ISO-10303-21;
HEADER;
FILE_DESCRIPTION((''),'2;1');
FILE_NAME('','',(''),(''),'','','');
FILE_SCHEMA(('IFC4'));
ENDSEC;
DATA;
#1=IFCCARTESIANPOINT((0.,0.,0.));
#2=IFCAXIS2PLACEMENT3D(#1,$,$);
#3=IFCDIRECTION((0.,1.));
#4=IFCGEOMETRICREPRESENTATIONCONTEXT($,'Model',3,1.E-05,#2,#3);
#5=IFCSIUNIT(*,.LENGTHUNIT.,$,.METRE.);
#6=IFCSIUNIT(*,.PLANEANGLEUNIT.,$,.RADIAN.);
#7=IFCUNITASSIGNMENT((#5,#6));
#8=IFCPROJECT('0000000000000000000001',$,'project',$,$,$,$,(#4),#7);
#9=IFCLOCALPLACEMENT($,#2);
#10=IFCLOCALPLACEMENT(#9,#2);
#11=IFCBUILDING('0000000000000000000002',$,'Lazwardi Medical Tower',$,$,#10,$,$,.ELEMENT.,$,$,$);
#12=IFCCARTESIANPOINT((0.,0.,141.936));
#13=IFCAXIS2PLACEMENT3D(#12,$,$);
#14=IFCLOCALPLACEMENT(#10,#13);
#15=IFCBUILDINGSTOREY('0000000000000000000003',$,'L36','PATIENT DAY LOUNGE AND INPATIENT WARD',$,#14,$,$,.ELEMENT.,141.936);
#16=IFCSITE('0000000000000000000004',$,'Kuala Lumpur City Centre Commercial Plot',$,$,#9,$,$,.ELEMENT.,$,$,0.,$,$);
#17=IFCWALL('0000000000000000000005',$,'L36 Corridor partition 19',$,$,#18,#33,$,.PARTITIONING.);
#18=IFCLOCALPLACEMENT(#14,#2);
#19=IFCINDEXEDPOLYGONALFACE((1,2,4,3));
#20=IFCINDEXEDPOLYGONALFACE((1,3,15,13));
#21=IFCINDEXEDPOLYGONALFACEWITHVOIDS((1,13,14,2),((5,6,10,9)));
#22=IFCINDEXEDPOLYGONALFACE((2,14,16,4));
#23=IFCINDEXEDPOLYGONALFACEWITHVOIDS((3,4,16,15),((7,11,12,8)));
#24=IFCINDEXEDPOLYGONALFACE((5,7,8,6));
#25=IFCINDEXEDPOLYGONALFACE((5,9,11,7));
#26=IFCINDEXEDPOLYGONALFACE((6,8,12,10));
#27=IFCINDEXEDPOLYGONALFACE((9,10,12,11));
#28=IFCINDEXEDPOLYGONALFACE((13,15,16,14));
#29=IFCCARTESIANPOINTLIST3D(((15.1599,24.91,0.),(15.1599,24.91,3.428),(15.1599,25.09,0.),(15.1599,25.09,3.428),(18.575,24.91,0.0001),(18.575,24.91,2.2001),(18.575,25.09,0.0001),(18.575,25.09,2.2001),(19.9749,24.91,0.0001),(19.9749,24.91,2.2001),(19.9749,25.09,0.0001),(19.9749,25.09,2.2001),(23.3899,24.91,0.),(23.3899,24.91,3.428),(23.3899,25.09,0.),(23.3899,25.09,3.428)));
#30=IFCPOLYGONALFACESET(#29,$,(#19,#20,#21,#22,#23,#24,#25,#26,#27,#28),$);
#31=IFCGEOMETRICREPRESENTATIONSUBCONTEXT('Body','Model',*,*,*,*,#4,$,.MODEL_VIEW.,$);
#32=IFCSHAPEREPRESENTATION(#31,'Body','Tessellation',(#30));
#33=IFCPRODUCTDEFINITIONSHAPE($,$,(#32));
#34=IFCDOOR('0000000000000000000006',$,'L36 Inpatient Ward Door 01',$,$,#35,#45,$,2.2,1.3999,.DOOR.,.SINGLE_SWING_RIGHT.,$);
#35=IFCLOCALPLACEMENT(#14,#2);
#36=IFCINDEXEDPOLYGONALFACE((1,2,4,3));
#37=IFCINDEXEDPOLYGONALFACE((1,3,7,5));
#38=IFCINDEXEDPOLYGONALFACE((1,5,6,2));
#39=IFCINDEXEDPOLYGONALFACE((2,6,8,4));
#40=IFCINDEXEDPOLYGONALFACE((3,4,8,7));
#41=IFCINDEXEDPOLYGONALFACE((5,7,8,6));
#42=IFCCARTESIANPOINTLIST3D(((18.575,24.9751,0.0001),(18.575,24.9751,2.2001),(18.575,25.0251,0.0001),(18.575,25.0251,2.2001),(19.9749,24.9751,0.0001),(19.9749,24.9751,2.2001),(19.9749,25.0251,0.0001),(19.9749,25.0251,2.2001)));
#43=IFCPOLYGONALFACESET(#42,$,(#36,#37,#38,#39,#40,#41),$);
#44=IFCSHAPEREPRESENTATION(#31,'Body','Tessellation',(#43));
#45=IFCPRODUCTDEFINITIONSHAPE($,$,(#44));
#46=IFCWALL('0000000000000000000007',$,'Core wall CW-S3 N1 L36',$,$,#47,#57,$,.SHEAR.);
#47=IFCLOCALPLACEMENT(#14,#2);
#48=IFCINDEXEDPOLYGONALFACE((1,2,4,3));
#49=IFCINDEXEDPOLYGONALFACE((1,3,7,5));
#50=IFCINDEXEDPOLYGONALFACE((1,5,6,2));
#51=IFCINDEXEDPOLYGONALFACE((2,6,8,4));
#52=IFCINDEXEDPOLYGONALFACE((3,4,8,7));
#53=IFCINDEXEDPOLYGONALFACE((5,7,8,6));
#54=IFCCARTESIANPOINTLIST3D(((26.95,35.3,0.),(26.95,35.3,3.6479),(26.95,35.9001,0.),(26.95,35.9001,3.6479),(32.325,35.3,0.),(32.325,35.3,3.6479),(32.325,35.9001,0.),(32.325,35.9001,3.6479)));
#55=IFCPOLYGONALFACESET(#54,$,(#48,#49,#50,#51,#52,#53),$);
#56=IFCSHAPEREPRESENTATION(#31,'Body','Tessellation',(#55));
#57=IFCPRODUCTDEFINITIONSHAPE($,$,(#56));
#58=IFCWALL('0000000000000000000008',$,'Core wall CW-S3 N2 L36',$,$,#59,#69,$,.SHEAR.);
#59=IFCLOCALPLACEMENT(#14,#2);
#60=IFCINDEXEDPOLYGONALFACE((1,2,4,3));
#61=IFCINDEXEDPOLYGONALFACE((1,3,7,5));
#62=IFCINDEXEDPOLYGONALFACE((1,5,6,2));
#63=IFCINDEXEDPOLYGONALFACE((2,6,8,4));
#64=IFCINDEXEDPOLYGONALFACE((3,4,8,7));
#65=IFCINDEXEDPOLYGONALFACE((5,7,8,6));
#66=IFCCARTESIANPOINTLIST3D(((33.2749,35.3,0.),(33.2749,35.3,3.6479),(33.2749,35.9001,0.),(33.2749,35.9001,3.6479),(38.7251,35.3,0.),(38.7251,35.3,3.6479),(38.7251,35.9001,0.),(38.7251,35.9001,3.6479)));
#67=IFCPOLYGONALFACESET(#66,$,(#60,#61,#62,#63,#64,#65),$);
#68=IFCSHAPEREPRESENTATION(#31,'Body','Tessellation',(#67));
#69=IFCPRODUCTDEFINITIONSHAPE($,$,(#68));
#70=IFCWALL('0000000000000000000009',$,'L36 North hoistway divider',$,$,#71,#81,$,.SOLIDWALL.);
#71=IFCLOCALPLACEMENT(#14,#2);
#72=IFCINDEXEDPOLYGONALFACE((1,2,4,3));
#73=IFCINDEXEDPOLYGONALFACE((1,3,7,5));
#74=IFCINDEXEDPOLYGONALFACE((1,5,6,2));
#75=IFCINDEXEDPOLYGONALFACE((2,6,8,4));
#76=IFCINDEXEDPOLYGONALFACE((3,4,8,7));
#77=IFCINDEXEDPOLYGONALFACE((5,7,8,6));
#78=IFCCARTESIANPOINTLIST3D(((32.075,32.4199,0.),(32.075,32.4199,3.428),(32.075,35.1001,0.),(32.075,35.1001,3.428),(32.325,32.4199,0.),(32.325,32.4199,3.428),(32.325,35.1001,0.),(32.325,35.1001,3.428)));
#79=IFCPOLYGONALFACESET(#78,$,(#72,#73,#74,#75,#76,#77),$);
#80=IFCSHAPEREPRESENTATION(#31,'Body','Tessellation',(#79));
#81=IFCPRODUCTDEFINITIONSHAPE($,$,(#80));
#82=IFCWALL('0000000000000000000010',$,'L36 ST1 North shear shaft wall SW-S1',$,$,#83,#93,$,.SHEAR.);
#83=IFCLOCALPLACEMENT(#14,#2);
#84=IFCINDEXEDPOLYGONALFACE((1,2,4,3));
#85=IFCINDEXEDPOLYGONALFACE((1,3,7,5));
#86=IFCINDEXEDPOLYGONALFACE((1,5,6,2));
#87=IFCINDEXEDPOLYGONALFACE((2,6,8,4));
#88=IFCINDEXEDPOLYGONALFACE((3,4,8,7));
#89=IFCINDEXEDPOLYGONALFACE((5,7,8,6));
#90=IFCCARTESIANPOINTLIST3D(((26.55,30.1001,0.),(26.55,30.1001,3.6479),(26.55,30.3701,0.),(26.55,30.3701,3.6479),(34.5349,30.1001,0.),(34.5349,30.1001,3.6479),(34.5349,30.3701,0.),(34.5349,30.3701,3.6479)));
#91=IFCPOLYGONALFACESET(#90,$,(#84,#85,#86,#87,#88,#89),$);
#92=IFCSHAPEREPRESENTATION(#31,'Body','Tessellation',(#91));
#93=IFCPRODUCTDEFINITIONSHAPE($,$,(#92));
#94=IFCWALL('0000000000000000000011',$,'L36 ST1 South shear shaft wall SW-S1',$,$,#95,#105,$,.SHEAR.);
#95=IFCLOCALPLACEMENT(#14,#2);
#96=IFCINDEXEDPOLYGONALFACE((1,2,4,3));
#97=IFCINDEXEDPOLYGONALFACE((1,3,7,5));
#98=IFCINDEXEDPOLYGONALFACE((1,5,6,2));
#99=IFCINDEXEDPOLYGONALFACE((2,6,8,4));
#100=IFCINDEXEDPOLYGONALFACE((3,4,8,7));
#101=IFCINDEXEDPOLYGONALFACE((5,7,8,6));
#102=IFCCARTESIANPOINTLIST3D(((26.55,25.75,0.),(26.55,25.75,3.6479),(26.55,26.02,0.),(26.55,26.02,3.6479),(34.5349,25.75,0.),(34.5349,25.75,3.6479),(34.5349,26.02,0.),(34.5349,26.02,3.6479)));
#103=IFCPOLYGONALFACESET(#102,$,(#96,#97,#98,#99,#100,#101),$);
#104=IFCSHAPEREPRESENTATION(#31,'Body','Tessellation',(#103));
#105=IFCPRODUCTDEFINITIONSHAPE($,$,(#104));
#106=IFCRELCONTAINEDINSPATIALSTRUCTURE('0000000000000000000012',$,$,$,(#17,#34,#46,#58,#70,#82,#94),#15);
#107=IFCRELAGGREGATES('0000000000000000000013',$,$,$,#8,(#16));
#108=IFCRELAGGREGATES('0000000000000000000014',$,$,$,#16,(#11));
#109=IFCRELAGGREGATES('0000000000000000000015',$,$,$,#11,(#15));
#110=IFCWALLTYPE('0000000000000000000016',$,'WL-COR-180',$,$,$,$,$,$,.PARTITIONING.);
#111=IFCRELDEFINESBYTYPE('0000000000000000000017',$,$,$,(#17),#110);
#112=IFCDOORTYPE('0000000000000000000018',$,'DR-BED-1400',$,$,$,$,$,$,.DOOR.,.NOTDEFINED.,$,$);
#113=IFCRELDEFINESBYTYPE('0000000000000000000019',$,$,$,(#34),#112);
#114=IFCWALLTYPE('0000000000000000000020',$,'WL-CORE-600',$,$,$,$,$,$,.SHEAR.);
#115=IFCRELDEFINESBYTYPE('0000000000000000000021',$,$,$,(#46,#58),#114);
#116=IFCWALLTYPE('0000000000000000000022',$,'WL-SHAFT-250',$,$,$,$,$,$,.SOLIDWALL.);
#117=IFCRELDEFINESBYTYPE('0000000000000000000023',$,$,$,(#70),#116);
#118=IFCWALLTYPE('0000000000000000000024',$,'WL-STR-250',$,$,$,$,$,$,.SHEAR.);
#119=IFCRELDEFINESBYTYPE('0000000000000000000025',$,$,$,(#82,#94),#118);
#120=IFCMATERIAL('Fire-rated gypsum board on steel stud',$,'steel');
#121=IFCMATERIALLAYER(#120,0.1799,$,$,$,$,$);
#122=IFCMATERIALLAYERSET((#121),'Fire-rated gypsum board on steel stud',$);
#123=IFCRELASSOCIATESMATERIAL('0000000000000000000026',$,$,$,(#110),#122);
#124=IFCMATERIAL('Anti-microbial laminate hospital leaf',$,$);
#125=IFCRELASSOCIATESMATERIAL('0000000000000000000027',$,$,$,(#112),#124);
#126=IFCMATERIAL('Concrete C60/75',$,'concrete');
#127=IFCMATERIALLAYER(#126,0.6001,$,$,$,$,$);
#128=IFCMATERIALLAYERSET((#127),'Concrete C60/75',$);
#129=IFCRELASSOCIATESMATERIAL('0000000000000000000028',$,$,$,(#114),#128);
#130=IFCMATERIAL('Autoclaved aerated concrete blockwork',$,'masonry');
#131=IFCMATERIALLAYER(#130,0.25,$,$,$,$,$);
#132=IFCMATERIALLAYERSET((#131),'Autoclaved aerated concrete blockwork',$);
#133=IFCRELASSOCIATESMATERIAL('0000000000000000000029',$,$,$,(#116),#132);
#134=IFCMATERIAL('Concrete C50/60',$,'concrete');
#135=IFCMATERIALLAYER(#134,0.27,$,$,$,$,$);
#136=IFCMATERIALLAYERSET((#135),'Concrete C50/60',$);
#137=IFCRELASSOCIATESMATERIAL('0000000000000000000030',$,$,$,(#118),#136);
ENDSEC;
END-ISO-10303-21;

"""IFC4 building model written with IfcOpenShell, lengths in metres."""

from ifc_helpers import new_model, si_unit, direction, frame, frame_2d, origin, place, context, subcontext, project, spatial, rectangle, extrude, material, layer, layer_set, type_object, element, fill, save


model = new_model("IFC4")

# Units and contexts
model_context = context("Model", 3, precision=1e-05, world=origin(), true_north=direction((0.0, 1.0)))
body_context = subcontext(model_context, "Body", "Model", "MODEL_VIEW")
ifc_project = project(units=[si_unit("LENGTHUNIT", "METRE"), si_unit("PLANEANGLEUNIT", "RADIAN")], contexts=[model_context])

# Site, building, storey
site_placement = place(None, origin())
site = spatial("IfcSite", under=ifc_project, at=site_placement, Name="Kuala Lumpur City Centre Commercial Plot", CompositionType="ELEMENT", RefElevation=0.0)
building_placement = place(site_placement, origin())
building = spatial("IfcBuilding", under=site, at=building_placement, Name="Lazwardi Medical Tower", CompositionType="ELEMENT")
storey_placement = place(building_placement, frame((0.0, 0.0, 141.936)))
storey = spatial("IfcBuildingStorey", under=building, at=storey_placement, Name="L36", Description="PATIENT DAY LOUNGE AND INPATIENT WARD", CompositionType="ELEMENT", Elevation=141.936)

# Shared definitions
ifc_material_1 = material(Name="Concrete C60/75", Category="concrete")

# Shared definitions
ifc_material_2 = material(Name="Fire-rated gypsum board on steel stud", Category="steel")
ifc_layer_1 = layer(ifc_material_2, 0.1799)
ifc_layer_set_1 = layer_set([ifc_layer_1], Name="Fire-rated gypsum board on steel stud")
wall_type_1 = type_object("IfcWallType", Name="WL-COR-180", PredefinedType="PARTITIONING", material=ifc_layer_set_1)
ifc_material_3 = material(Name="Anti-microbial laminate hospital leaf")
door_type_1 = type_object("IfcDoorType", Name="DR-BED-1400", OperationType="NOTDEFINED", PredefinedType="DOOR", material=ifc_material_3)

# Wall, opening, door
wall_1_placement = place(storey_placement, frame((23.3899, 25.0, 0.0), z_axis=(0.0, 0.0, 1.0), x_axis=(-1.0, 0.0, 0.0)))
wall_1 = element("IfcWall", 1, at=wall_1_placement, inside=storey, type_object=wall_type_1, Name="L36 Corridor partition 19", PredefinedType="PARTITIONING", context=body_context, shape_type="SweptSolid", body=[
    extrude(rectangle(XDim=8.23, YDim=0.1799, at=frame_2d((4.115, 0.0))), origin(), (0.0, 0.0, 1.0), 3.428),
])
opening_1_placement = place(wall_1_placement, frame((3.415, 0.0, 0.0)))
opening_1 = element("IfcOpeningElement", 2, at=opening_1_placement, cuts=wall_1, PredefinedType="OPENING", context=body_context, shape_type="SweptSolid", body=[
    extrude(rectangle(XDim=1.3999, YDim=2.2, at=frame_2d((0.7, 1.1001))), frame((0.0, 0.0999, 0.0), z_axis=(0.0, -1.0, 0.0), x_axis=(1.0, 0.0, 0.0)), (0.0, 0.0, 1.0), 0.2),
])
door_1_placement = place(opening_1_placement, origin())
door_1 = element("IfcDoor", 3, at=door_1_placement, inside=storey, type_object=door_type_1, Name="L36 Inpatient Ward Door 01", OperationType="SINGLE_SWING_RIGHT", OverallHeight=2.2, OverallWidth=1.3999, PredefinedType="DOOR", context=body_context, shape_type="SweptSolid", body=[
    extrude(rectangle(XDim=1.3999, YDim=2.2, at=frame_2d((0.7, 1.1001))), frame((0.0, 0.0249, 0.0), z_axis=(0.0, -1.0, 0.0), x_axis=(1.0, 0.0, 0.0)), (0.0, 0.0, 1.0), 0.05),
])
fill(opening_1, door_1)

# Walls
ifc_layer_2 = layer(ifc_material_1, 0.6001)
ifc_layer_set_2 = layer_set([ifc_layer_2], Name="Concrete C60/75")
wall_type_2 = type_object("IfcWallType", Name="WL-CORE-600", PredefinedType="SHEAR", material=ifc_layer_set_2)
wall_2_placement = place(storey_placement, frame((26.95, 35.6001, 0.0), z_axis=(0.0, 0.0, 1.0), x_axis=(1.0, 0.0, 0.0)))
element("IfcWall", 4, at=wall_2_placement, inside=storey, type_object=wall_type_2, Name="Core wall CW-S3 N1 L36", PredefinedType="SHEAR", context=body_context, shape_type="SweptSolid", body=[
    extrude(rectangle(XDim=5.375, YDim=0.6001, at=frame_2d((2.6875, 0.0))), origin(), (0.0, 0.0, 1.0), 3.6479),
])
wall_3_placement = place(storey_placement, frame((33.2749, 35.6001, 0.0), z_axis=(0.0, 0.0, 1.0), x_axis=(1.0, 0.0, 0.0)))
element("IfcWall", 5, at=wall_3_placement, inside=storey, type_object=wall_type_2, Name="Core wall CW-S3 N2 L36", PredefinedType="SHEAR", context=body_context, shape_type="SweptSolid", body=[
    extrude(rectangle(XDim=5.4502, YDim=0.6001, at=frame_2d((2.7251, 0.0))), origin(), (0.0, 0.0, 1.0), 3.6479),
])
ifc_material_4 = material(Name="Autoclaved aerated concrete blockwork", Category="masonry")
ifc_layer_3 = layer(ifc_material_4, 0.25)
ifc_layer_set_3 = layer_set([ifc_layer_3], Name="Autoclaved aerated concrete blockwork")
wall_type_3 = type_object("IfcWallType", Name="WL-SHAFT-250", PredefinedType="SOLIDWALL", material=ifc_layer_set_3)
wall_4_placement = place(storey_placement, frame((32.2, 32.4199, 0.0), z_axis=(0.0, 0.0, 1.0), x_axis=(0.0, 1.0, 0.0)))
element("IfcWall", 6, at=wall_4_placement, inside=storey, type_object=wall_type_3, Name="L36 North hoistway divider", PredefinedType="SOLIDWALL", context=body_context, shape_type="SweptSolid", body=[
    extrude(rectangle(XDim=2.6802, YDim=0.25, at=frame_2d((1.3401, 0.0))), origin(), (0.0, 0.0, 1.0), 3.428),
])
ifc_material_5 = material(Name="Concrete C50/60", Category="concrete")
ifc_layer_4 = layer(ifc_material_5, 0.27)
ifc_layer_set_4 = layer_set([ifc_layer_4], Name="Concrete C50/60")
wall_type_4 = type_object("IfcWallType", Name="WL-STR-250", PredefinedType="SHEAR", material=ifc_layer_set_4)
for number, where, z_axis, x_axis, name in (
    (7, (26.55, 30.2351, 0.0), (0.0, 0.0, 1.0), (1.0, 0.0, 0.0), "L36 ST1 North shear shaft wall SW-S1"),
    (8, (26.55, 25.885, 0.0), (0.0, 0.0, 1.0), (1.0, 0.0, 0.0), "L36 ST1 South shear shaft wall SW-S1"),
):
    element("IfcWall", number, at=place(storey_placement, frame(where, z_axis=z_axis, x_axis=x_axis)), inside=storey, type_object=wall_type_4, Name=name, PredefinedType="SHEAR", context=body_context, shape_type="SweptSolid", body=[
        extrude(rectangle(XDim=7.9849, YDim=0.27, at=frame_2d((3.9924, 0.0))), origin(), (0.0, 0.0, 1.0), 3.6479),
    ])

save(model, "model.ifc")
